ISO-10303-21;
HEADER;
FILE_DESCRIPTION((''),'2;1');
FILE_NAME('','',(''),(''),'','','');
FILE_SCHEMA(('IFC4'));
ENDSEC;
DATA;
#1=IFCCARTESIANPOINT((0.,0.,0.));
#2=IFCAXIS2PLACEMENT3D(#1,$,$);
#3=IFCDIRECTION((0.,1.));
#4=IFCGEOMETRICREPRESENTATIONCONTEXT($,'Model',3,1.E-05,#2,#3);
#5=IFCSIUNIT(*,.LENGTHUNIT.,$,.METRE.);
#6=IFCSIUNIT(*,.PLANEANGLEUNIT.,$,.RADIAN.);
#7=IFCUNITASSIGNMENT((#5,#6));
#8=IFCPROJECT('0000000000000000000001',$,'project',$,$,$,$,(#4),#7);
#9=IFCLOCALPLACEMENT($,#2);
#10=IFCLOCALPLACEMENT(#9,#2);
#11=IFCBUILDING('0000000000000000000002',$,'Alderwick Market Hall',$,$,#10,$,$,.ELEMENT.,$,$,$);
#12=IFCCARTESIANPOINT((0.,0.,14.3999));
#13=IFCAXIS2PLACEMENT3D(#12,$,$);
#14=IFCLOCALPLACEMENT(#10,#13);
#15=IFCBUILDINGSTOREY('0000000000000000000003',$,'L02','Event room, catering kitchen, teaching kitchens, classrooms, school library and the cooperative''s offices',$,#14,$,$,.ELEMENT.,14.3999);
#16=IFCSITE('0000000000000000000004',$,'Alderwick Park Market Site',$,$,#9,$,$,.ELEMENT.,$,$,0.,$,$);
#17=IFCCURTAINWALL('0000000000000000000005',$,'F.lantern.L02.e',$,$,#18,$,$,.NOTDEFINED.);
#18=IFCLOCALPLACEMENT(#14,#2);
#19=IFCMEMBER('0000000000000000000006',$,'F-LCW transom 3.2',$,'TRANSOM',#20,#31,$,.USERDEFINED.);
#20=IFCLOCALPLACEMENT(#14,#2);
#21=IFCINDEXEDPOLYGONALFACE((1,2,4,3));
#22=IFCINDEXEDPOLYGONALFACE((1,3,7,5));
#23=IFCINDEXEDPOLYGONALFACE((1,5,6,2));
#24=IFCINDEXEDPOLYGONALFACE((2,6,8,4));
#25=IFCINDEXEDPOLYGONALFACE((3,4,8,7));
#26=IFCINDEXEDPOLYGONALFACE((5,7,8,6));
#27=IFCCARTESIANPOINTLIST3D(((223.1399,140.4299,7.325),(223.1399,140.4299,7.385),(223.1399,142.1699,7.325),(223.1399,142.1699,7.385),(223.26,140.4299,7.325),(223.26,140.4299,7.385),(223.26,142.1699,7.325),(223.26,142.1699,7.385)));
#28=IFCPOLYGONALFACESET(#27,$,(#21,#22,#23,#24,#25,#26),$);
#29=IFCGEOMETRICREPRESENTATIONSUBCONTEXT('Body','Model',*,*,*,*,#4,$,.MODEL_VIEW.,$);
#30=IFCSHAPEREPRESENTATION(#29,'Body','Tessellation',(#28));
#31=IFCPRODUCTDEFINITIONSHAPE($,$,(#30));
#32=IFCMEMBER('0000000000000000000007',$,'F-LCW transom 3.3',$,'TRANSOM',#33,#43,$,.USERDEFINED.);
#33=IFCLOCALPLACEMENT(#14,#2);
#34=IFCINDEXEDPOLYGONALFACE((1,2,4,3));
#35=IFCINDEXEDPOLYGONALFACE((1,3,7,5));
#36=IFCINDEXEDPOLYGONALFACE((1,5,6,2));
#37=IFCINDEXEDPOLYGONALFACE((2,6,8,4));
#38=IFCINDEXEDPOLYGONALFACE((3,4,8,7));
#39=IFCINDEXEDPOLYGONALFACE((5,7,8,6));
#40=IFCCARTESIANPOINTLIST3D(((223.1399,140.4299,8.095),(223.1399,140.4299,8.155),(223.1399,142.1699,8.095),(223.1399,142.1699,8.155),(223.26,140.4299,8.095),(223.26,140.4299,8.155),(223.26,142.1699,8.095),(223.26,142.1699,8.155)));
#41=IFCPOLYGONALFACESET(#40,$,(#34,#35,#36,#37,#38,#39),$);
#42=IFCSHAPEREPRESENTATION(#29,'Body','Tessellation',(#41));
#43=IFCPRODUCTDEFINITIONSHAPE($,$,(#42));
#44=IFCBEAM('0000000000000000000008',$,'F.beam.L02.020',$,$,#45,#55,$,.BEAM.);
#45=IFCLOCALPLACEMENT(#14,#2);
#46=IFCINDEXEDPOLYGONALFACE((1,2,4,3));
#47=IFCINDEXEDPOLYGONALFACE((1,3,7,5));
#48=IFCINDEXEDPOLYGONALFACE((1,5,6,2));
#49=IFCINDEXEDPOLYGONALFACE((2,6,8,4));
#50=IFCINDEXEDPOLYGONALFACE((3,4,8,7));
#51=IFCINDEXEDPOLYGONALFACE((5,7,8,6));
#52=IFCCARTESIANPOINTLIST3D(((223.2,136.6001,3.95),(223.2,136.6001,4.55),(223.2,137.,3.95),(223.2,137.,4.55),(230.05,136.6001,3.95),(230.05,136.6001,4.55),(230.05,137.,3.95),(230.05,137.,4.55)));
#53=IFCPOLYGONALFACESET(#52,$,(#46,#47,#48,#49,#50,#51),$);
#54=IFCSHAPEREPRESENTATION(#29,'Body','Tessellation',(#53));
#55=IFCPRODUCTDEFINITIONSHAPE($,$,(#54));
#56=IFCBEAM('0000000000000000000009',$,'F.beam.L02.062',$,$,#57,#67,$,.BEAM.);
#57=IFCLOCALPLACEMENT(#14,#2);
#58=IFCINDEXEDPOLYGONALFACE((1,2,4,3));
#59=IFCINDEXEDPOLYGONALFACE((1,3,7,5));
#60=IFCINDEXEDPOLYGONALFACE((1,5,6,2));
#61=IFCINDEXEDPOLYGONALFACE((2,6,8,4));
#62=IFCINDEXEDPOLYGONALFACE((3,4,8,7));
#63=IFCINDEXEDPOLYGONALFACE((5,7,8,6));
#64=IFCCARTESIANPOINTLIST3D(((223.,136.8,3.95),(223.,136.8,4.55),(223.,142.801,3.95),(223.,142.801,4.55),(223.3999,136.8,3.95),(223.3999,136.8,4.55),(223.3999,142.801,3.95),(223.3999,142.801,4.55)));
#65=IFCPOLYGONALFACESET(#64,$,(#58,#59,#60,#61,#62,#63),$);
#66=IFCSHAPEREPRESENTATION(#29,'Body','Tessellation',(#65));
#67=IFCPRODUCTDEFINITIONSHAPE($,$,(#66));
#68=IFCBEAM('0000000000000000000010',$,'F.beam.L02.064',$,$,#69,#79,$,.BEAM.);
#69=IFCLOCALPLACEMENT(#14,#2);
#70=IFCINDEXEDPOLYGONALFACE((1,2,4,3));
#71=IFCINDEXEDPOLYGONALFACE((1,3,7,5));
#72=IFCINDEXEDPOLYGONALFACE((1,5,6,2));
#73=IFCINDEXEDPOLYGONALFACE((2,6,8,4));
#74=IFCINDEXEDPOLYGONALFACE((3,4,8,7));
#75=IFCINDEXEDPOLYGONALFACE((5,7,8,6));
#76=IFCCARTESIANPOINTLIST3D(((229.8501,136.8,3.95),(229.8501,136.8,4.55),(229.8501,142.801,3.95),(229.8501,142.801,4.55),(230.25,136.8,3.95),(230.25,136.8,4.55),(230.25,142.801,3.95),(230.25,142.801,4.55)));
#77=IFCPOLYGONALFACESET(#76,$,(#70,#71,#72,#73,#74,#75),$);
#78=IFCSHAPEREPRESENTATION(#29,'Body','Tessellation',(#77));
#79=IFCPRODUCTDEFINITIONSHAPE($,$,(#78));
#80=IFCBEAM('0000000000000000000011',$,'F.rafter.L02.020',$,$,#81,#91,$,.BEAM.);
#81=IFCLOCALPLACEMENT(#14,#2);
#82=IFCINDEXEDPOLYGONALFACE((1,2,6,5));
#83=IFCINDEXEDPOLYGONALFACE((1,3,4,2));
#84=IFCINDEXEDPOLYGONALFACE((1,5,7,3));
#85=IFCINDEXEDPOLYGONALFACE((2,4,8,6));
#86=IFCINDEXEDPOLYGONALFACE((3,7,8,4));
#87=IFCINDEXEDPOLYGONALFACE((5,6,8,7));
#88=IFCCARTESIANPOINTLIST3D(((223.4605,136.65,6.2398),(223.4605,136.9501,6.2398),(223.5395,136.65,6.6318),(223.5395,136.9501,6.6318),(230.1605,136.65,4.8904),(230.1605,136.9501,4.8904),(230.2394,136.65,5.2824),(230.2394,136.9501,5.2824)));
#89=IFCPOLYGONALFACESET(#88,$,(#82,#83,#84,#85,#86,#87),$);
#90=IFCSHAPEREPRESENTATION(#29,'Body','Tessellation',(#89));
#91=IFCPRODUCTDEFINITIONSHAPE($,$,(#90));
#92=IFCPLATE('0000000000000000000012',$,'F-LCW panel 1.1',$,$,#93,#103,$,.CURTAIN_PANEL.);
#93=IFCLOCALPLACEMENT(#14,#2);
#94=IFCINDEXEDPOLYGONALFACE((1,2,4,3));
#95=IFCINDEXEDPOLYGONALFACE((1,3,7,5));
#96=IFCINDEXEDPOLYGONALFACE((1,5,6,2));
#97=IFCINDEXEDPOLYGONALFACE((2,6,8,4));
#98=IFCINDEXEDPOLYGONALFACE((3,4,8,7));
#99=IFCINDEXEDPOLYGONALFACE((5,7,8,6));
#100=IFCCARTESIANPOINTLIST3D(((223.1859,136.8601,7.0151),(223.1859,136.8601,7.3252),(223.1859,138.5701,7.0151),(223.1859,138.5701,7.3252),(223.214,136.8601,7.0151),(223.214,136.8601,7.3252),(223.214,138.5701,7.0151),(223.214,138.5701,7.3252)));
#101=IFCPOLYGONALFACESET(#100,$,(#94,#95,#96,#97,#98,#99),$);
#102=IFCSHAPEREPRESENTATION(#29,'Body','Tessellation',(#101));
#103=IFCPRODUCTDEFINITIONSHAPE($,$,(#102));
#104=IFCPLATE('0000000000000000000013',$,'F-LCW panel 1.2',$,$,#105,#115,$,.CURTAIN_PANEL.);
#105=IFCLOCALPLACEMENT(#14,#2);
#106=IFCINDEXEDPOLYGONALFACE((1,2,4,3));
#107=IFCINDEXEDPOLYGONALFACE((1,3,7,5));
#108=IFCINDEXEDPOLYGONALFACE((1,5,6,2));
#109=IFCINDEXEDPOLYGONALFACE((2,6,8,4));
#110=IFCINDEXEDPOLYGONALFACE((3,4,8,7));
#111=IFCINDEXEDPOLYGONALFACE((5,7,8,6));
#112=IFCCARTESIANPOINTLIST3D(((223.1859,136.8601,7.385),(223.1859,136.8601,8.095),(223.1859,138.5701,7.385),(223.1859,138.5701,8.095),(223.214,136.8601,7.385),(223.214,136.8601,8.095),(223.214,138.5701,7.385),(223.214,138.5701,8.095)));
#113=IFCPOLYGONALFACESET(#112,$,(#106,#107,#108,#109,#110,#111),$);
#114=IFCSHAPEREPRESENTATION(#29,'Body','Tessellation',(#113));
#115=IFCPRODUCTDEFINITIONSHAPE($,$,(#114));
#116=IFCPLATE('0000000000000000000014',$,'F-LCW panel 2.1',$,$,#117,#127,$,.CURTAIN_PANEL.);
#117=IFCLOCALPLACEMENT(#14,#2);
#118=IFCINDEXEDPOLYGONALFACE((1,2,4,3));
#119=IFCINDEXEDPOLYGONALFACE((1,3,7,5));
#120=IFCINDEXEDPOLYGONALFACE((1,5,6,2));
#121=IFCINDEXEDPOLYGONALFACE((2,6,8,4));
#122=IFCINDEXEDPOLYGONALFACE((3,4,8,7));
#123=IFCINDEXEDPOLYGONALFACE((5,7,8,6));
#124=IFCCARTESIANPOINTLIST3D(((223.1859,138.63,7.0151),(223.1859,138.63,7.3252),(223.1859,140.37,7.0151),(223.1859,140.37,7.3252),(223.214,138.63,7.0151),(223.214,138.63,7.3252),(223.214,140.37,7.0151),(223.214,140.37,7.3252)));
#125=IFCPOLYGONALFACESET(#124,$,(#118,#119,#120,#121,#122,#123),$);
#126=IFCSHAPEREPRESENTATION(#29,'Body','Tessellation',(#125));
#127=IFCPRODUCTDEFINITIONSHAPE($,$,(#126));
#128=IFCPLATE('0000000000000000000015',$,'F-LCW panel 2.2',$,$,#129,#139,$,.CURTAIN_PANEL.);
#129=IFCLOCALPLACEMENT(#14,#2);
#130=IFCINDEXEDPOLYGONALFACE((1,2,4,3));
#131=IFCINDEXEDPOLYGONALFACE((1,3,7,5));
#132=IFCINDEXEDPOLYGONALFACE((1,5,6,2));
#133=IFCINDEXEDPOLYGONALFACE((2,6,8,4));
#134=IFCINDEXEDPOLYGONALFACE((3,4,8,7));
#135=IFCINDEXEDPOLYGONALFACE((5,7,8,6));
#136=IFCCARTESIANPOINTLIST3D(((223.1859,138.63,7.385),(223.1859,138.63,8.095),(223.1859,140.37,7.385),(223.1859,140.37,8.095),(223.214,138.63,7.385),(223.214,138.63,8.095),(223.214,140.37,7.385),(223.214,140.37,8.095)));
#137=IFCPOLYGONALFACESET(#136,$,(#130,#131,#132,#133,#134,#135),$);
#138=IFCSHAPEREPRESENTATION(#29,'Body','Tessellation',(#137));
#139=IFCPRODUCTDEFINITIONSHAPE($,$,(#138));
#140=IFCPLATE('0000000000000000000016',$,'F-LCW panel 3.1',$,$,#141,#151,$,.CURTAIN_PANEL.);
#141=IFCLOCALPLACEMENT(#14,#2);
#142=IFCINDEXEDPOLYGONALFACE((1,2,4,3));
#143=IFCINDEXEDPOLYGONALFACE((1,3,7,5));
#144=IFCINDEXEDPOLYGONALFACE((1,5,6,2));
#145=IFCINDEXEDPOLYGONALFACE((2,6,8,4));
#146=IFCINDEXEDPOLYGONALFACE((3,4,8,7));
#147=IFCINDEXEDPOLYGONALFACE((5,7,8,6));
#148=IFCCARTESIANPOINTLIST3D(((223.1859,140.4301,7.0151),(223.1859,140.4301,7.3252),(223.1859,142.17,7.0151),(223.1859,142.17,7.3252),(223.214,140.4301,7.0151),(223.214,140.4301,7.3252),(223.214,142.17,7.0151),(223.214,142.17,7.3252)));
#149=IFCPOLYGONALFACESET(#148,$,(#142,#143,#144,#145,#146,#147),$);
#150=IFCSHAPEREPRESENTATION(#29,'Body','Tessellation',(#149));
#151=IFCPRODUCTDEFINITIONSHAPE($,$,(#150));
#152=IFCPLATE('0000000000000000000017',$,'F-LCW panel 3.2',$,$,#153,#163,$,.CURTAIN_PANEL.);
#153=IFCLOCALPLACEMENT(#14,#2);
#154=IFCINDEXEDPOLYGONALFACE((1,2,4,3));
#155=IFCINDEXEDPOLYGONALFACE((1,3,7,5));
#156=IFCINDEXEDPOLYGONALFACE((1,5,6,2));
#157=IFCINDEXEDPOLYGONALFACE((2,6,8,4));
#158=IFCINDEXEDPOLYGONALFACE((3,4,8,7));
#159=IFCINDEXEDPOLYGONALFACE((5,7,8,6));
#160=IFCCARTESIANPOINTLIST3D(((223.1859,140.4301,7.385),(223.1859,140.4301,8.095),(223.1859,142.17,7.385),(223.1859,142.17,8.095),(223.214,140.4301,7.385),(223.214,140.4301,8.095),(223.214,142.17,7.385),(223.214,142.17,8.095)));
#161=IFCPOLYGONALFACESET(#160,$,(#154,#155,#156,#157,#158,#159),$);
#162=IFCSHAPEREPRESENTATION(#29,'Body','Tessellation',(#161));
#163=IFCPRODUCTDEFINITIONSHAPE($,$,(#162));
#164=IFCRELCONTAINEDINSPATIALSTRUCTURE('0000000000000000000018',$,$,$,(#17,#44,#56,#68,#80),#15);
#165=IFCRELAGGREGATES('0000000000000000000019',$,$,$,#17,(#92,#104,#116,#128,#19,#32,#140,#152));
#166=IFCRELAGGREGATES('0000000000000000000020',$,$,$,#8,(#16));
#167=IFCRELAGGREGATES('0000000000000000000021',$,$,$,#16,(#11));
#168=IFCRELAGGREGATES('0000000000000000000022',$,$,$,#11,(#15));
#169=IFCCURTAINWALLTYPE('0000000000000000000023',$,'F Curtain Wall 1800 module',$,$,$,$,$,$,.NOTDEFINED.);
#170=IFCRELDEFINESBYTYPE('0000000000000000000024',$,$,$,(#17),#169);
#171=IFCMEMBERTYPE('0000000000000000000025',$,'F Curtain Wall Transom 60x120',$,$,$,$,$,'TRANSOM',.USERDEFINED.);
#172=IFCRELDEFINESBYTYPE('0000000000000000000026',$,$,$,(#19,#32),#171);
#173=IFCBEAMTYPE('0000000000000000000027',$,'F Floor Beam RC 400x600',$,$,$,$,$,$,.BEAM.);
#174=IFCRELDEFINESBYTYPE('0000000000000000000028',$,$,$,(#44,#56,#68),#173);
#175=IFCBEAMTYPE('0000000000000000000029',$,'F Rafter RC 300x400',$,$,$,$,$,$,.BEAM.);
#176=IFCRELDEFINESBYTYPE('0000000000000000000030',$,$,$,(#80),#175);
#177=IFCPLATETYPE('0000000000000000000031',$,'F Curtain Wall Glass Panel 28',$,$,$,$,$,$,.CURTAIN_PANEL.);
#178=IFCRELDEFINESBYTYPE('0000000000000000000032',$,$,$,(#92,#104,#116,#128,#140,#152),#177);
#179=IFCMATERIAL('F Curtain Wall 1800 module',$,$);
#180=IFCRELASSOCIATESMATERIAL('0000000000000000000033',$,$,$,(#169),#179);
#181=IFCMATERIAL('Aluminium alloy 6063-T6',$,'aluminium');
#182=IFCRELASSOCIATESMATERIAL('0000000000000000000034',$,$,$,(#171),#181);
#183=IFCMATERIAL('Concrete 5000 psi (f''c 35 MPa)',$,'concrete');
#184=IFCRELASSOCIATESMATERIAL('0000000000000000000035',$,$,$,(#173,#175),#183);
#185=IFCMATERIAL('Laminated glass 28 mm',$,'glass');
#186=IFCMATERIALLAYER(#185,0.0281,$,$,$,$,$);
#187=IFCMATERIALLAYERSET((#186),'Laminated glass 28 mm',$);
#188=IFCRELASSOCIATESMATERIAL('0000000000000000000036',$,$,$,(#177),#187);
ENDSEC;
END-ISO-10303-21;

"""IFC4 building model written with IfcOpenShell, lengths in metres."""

from ifc_helpers import new_model, si_unit, direction, frame, origin, origin_2d, place, context, subcontext, project, spatial, rectangle, extrude, material, layer, layer_set, material_profile, profile_set, type_object, element, aggregate, save


model = new_model("IFC4")

# Units and contexts
model_context = context("Model", 3, precision=1e-05, world=origin(), true_north=direction((0.0, 1.0)))
body_context = subcontext(model_context, "Body", "Model", "MODEL_VIEW")
ifc_project = project(units=[si_unit("LENGTHUNIT", "METRE"), si_unit("PLANEANGLEUNIT", "RADIAN")], contexts=[model_context])

# Site, building, storey
site_placement = place(None, origin())
site = spatial("IfcSite", under=ifc_project, at=site_placement, Name="Alderwick Park Market Site", CompositionType="ELEMENT", RefElevation=0.0)
building_placement = place(site_placement, origin())
building = spatial("IfcBuilding", under=site, at=building_placement, Name="Alderwick Market Hall", CompositionType="ELEMENT")
storey_placement = place(building_placement, frame((0.0, 0.0, 14.3999)))
storey = spatial("IfcBuildingStorey", under=building, at=storey_placement, Name="L02", Description="Event room, catering kitchen, teaching kitchens, classrooms, school library and the cooperative's offices", CompositionType="ELEMENT", Elevation=14.3999)

# Shared definitions
ifc_material_1 = material(Name="Concrete 5000 psi (f'c 35 MPa)", Category="concrete")

# Shared definitions
ifc_material_2 = material(Name="F Curtain Wall 1800 module")
curtain_wall_type = type_object("IfcCurtainWallType", Name="F Curtain Wall 1800 module", PredefinedType="NOTDEFINED", material=ifc_material_2)
ifc_material_3 = material(Name="Aluminium alloy 6063-T6", Category="aluminium")

# Curtain wall, members
curtain_wall_1_placement = place(storey_placement, origin())
curtain_wall_1 = element("IfcCurtainWall", 1, at=curtain_wall_1_placement, inside=storey, type_object=curtain_wall_type, Name="F.lantern.L02.e", PredefinedType="NOTDEFINED")
ifc_material_profile_1 = material_profile(ifc_material_3, rectangle(XDim=0.1201, YDim=0.0601, at=origin_2d()), Name="AL 60x120")
ifc_profile_set_1 = profile_set([ifc_material_profile_1], Name="Aluminium alloy 6063-T6")
member_type_1 = type_object("IfcMemberType", Name="F Curtain Wall Transom 60x120", ElementType="TRANSOM", PredefinedType="USERDEFINED", material=ifc_profile_set_1)
member_1_placement = place(storey_placement, frame((223.2, 140.4299, 7.355), z_axis=(0.0, 1.0, 0.0), x_axis=(-1.0, 0.0, 0.0)))
member_1 = element("IfcMember", 2, at=member_1_placement, type_object=member_type_1, Name="F-LCW transom 3.2", ObjectType="TRANSOM", PredefinedType="USERDEFINED", context=body_context, shape_type="SweptSolid", body=[
    extrude(rectangle(XDim=0.1201, YDim=0.0601, at=origin_2d()), origin(), (0.0, 0.0, 1.0), 1.74),
])
member_2_placement = place(storey_placement, frame((223.2, 140.4299, 8.125), z_axis=(0.0, 1.0, 0.0), x_axis=(-1.0, 0.0, 0.0)))
member_2 = element("IfcMember", 3, at=member_2_placement, type_object=member_type_1, Name="F-LCW transom 3.3", ObjectType="TRANSOM", PredefinedType="USERDEFINED", context=body_context, shape_type="SweptSolid", body=[
    extrude(rectangle(XDim=0.1201, YDim=0.0601, at=origin_2d()), origin(), (0.0, 0.0, 1.0), 1.74),
])

# Beams
ifc_material_profile_2 = material_profile(ifc_material_1, rectangle(XDim=0.3999, YDim=0.6001, at=origin_2d()), Name="RC 400x600")
ifc_profile_set_2 = profile_set([ifc_material_profile_2], Name="Concrete 5000 psi (f'c 35 MPa)")
beam_type_1 = type_object("IfcBeamType", Name="F Floor Beam RC 400x600", PredefinedType="BEAM", material=ifc_profile_set_2)
beam_1_placement = place(storey_placement, frame((223.2, 136.8, 4.25), z_axis=(1.0, 0.0, 0.0), x_axis=(0.0, 1.0, 0.0)))
element("IfcBeam", 4, at=beam_1_placement, inside=storey, type_object=beam_type_1, Name="F.beam.L02.020", PredefinedType="BEAM", context=body_context, shape_type="SweptSolid", body=[
    extrude(rectangle(XDim=0.3999, YDim=0.6001, at=origin_2d()), origin(), (0.0, 0.0, 1.0), 6.8501),
])
for number, where, z_axis, x_axis, name in (
    (5, (223.2, 136.8, 4.25), (0.0, 1.0, 0.0), (-1.0, 0.0, 0.0), "F.beam.L02.062"),
    (6, (230.05, 136.8, 4.25), (0.0, 1.0, 0.0), (-1.0, 0.0, 0.0), "F.beam.L02.064"),
):
    element("IfcBeam", number, at=place(storey_placement, frame(where, z_axis=z_axis, x_axis=x_axis)), inside=storey, type_object=beam_type_1, Name=name, PredefinedType="BEAM", context=body_context, shape_type="SweptSolid", body=[
        extrude(rectangle(XDim=0.3999, YDim=0.6001, at=origin_2d()), origin(), (0.0, 0.0, 1.0), 6.001),
    ])
ifc_material_profile_3 = material_profile(ifc_material_1, rectangle(XDim=0.3, YDim=0.3999, at=origin_2d()), Name="RC 300x400")
ifc_profile_set_3 = profile_set([ifc_material_profile_3], Name="Concrete 5000 psi (f'c 35 MPa)")
beam_type_2 = type_object("IfcBeamType", Name="F Rafter RC 300x400", PredefinedType="BEAM", material=ifc_profile_set_3)
beam_2_placement = place(storey_placement, frame((230.2, 136.8, 5.0864), z_axis=(-0.980316, 0.0, 0.197435), x_axis=(0.0, -1.0, 0.0)))
element("IfcBeam", 7, at=beam_2_placement, inside=storey, type_object=beam_type_2, Name="F.rafter.L02.020", PredefinedType="BEAM", context=body_context, shape_type="SweptSolid", body=[
    extrude(rectangle(XDim=0.3, YDim=0.3999, at=origin_2d()), origin(), (0.0, 0.0, 1.0), 6.8345),
])

# Plates
ifc_material_4 = material(Name="Laminated glass 28 mm", Category="glass")
ifc_layer = layer(ifc_material_4, 0.0281)
ifc_layer_set = layer_set([ifc_layer], Name="Laminated glass 28 mm")
plate_type = type_object("IfcPlateType", Name="F Curtain Wall Glass Panel 28", PredefinedType="CURTAIN_PANEL", material=ifc_layer_set)
plate_1_placement = place(storey_placement, frame((223.2, 137.7151, 7.0151), z_axis=(0.0, 0.0, 1.0), x_axis=(0.0, 1.0, 0.0)))
plate_1 = element("IfcPlate", 8, at=plate_1_placement, type_object=plate_type, Name="F-LCW panel 1.1", PredefinedType="CURTAIN_PANEL", context=body_context, shape_type="SweptSolid", body=[
    extrude(rectangle(XDim=1.71, YDim=0.0281, at=origin_2d()), origin(), (0.0, 0.0, 1.0), 0.3101),
])
plate_2_placement = place(storey_placement, frame((223.2, 137.7151, 7.385), z_axis=(0.0, 0.0, 1.0), x_axis=(0.0, 1.0, 0.0)))
plate_2 = element("IfcPlate", 9, at=plate_2_placement, type_object=plate_type, Name="F-LCW panel 1.2", PredefinedType="CURTAIN_PANEL", context=body_context, shape_type="SweptSolid", body=[
    extrude(rectangle(XDim=1.71, YDim=0.0281, at=origin_2d()), origin(), (0.0, 0.0, 1.0), 0.71),
])
plate_3_placement = place(storey_placement, frame((223.2, 139.5, 7.0151), z_axis=(0.0, 0.0, 1.0), x_axis=(0.0, 1.0, 0.0)))
plate_3 = element("IfcPlate", 10, at=plate_3_placement, type_object=plate_type, Name="F-LCW panel 2.1", PredefinedType="CURTAIN_PANEL", context=body_context, shape_type="SweptSolid", body=[
    extrude(rectangle(XDim=1.74, YDim=0.0281, at=origin_2d()), origin(), (0.0, 0.0, 1.0), 0.3101),
])
plate_4_placement = place(storey_placement, frame((223.2, 139.5, 7.385), z_axis=(0.0, 0.0, 1.0), x_axis=(0.0, 1.0, 0.0)))
plate_4 = element("IfcPlate", 11, at=plate_4_placement, type_object=plate_type, Name="F-LCW panel 2.2", PredefinedType="CURTAIN_PANEL", context=body_context, shape_type="SweptSolid", body=[
    extrude(rectangle(XDim=1.74, YDim=0.0281, at=origin_2d()), origin(), (0.0, 0.0, 1.0), 0.71),
])
plate_5_placement = place(storey_placement, frame((223.2, 141.3, 7.0151), z_axis=(0.0, 0.0, 1.0), x_axis=(0.0, 1.0, 0.0)))
plate_5 = element("IfcPlate", 12, at=plate_5_placement, type_object=plate_type, Name="F-LCW panel 3.1", PredefinedType="CURTAIN_PANEL", context=body_context, shape_type="SweptSolid", body=[
    extrude(rectangle(XDim=1.74, YDim=0.0281, at=origin_2d()), origin(), (0.0, 0.0, 1.0), 0.3101),
])
plate_6_placement = place(storey_placement, frame((223.2, 141.3, 7.385), z_axis=(0.0, 0.0, 1.0), x_axis=(0.0, 1.0, 0.0)))
plate_6 = element("IfcPlate", 13, at=plate_6_placement, type_object=plate_type, Name="F-LCW panel 3.2", PredefinedType="CURTAIN_PANEL", context=body_context, shape_type="SweptSolid", body=[
    extrude(rectangle(XDim=1.74, YDim=0.0281, at=origin_2d()), origin(), (0.0, 0.0, 1.0), 0.71),
])
aggregate(curtain_wall_1, [plate_1, plate_2, plate_3, plate_4, member_1, member_2, plate_5, plate_6])

save(model, "model.ifc")
